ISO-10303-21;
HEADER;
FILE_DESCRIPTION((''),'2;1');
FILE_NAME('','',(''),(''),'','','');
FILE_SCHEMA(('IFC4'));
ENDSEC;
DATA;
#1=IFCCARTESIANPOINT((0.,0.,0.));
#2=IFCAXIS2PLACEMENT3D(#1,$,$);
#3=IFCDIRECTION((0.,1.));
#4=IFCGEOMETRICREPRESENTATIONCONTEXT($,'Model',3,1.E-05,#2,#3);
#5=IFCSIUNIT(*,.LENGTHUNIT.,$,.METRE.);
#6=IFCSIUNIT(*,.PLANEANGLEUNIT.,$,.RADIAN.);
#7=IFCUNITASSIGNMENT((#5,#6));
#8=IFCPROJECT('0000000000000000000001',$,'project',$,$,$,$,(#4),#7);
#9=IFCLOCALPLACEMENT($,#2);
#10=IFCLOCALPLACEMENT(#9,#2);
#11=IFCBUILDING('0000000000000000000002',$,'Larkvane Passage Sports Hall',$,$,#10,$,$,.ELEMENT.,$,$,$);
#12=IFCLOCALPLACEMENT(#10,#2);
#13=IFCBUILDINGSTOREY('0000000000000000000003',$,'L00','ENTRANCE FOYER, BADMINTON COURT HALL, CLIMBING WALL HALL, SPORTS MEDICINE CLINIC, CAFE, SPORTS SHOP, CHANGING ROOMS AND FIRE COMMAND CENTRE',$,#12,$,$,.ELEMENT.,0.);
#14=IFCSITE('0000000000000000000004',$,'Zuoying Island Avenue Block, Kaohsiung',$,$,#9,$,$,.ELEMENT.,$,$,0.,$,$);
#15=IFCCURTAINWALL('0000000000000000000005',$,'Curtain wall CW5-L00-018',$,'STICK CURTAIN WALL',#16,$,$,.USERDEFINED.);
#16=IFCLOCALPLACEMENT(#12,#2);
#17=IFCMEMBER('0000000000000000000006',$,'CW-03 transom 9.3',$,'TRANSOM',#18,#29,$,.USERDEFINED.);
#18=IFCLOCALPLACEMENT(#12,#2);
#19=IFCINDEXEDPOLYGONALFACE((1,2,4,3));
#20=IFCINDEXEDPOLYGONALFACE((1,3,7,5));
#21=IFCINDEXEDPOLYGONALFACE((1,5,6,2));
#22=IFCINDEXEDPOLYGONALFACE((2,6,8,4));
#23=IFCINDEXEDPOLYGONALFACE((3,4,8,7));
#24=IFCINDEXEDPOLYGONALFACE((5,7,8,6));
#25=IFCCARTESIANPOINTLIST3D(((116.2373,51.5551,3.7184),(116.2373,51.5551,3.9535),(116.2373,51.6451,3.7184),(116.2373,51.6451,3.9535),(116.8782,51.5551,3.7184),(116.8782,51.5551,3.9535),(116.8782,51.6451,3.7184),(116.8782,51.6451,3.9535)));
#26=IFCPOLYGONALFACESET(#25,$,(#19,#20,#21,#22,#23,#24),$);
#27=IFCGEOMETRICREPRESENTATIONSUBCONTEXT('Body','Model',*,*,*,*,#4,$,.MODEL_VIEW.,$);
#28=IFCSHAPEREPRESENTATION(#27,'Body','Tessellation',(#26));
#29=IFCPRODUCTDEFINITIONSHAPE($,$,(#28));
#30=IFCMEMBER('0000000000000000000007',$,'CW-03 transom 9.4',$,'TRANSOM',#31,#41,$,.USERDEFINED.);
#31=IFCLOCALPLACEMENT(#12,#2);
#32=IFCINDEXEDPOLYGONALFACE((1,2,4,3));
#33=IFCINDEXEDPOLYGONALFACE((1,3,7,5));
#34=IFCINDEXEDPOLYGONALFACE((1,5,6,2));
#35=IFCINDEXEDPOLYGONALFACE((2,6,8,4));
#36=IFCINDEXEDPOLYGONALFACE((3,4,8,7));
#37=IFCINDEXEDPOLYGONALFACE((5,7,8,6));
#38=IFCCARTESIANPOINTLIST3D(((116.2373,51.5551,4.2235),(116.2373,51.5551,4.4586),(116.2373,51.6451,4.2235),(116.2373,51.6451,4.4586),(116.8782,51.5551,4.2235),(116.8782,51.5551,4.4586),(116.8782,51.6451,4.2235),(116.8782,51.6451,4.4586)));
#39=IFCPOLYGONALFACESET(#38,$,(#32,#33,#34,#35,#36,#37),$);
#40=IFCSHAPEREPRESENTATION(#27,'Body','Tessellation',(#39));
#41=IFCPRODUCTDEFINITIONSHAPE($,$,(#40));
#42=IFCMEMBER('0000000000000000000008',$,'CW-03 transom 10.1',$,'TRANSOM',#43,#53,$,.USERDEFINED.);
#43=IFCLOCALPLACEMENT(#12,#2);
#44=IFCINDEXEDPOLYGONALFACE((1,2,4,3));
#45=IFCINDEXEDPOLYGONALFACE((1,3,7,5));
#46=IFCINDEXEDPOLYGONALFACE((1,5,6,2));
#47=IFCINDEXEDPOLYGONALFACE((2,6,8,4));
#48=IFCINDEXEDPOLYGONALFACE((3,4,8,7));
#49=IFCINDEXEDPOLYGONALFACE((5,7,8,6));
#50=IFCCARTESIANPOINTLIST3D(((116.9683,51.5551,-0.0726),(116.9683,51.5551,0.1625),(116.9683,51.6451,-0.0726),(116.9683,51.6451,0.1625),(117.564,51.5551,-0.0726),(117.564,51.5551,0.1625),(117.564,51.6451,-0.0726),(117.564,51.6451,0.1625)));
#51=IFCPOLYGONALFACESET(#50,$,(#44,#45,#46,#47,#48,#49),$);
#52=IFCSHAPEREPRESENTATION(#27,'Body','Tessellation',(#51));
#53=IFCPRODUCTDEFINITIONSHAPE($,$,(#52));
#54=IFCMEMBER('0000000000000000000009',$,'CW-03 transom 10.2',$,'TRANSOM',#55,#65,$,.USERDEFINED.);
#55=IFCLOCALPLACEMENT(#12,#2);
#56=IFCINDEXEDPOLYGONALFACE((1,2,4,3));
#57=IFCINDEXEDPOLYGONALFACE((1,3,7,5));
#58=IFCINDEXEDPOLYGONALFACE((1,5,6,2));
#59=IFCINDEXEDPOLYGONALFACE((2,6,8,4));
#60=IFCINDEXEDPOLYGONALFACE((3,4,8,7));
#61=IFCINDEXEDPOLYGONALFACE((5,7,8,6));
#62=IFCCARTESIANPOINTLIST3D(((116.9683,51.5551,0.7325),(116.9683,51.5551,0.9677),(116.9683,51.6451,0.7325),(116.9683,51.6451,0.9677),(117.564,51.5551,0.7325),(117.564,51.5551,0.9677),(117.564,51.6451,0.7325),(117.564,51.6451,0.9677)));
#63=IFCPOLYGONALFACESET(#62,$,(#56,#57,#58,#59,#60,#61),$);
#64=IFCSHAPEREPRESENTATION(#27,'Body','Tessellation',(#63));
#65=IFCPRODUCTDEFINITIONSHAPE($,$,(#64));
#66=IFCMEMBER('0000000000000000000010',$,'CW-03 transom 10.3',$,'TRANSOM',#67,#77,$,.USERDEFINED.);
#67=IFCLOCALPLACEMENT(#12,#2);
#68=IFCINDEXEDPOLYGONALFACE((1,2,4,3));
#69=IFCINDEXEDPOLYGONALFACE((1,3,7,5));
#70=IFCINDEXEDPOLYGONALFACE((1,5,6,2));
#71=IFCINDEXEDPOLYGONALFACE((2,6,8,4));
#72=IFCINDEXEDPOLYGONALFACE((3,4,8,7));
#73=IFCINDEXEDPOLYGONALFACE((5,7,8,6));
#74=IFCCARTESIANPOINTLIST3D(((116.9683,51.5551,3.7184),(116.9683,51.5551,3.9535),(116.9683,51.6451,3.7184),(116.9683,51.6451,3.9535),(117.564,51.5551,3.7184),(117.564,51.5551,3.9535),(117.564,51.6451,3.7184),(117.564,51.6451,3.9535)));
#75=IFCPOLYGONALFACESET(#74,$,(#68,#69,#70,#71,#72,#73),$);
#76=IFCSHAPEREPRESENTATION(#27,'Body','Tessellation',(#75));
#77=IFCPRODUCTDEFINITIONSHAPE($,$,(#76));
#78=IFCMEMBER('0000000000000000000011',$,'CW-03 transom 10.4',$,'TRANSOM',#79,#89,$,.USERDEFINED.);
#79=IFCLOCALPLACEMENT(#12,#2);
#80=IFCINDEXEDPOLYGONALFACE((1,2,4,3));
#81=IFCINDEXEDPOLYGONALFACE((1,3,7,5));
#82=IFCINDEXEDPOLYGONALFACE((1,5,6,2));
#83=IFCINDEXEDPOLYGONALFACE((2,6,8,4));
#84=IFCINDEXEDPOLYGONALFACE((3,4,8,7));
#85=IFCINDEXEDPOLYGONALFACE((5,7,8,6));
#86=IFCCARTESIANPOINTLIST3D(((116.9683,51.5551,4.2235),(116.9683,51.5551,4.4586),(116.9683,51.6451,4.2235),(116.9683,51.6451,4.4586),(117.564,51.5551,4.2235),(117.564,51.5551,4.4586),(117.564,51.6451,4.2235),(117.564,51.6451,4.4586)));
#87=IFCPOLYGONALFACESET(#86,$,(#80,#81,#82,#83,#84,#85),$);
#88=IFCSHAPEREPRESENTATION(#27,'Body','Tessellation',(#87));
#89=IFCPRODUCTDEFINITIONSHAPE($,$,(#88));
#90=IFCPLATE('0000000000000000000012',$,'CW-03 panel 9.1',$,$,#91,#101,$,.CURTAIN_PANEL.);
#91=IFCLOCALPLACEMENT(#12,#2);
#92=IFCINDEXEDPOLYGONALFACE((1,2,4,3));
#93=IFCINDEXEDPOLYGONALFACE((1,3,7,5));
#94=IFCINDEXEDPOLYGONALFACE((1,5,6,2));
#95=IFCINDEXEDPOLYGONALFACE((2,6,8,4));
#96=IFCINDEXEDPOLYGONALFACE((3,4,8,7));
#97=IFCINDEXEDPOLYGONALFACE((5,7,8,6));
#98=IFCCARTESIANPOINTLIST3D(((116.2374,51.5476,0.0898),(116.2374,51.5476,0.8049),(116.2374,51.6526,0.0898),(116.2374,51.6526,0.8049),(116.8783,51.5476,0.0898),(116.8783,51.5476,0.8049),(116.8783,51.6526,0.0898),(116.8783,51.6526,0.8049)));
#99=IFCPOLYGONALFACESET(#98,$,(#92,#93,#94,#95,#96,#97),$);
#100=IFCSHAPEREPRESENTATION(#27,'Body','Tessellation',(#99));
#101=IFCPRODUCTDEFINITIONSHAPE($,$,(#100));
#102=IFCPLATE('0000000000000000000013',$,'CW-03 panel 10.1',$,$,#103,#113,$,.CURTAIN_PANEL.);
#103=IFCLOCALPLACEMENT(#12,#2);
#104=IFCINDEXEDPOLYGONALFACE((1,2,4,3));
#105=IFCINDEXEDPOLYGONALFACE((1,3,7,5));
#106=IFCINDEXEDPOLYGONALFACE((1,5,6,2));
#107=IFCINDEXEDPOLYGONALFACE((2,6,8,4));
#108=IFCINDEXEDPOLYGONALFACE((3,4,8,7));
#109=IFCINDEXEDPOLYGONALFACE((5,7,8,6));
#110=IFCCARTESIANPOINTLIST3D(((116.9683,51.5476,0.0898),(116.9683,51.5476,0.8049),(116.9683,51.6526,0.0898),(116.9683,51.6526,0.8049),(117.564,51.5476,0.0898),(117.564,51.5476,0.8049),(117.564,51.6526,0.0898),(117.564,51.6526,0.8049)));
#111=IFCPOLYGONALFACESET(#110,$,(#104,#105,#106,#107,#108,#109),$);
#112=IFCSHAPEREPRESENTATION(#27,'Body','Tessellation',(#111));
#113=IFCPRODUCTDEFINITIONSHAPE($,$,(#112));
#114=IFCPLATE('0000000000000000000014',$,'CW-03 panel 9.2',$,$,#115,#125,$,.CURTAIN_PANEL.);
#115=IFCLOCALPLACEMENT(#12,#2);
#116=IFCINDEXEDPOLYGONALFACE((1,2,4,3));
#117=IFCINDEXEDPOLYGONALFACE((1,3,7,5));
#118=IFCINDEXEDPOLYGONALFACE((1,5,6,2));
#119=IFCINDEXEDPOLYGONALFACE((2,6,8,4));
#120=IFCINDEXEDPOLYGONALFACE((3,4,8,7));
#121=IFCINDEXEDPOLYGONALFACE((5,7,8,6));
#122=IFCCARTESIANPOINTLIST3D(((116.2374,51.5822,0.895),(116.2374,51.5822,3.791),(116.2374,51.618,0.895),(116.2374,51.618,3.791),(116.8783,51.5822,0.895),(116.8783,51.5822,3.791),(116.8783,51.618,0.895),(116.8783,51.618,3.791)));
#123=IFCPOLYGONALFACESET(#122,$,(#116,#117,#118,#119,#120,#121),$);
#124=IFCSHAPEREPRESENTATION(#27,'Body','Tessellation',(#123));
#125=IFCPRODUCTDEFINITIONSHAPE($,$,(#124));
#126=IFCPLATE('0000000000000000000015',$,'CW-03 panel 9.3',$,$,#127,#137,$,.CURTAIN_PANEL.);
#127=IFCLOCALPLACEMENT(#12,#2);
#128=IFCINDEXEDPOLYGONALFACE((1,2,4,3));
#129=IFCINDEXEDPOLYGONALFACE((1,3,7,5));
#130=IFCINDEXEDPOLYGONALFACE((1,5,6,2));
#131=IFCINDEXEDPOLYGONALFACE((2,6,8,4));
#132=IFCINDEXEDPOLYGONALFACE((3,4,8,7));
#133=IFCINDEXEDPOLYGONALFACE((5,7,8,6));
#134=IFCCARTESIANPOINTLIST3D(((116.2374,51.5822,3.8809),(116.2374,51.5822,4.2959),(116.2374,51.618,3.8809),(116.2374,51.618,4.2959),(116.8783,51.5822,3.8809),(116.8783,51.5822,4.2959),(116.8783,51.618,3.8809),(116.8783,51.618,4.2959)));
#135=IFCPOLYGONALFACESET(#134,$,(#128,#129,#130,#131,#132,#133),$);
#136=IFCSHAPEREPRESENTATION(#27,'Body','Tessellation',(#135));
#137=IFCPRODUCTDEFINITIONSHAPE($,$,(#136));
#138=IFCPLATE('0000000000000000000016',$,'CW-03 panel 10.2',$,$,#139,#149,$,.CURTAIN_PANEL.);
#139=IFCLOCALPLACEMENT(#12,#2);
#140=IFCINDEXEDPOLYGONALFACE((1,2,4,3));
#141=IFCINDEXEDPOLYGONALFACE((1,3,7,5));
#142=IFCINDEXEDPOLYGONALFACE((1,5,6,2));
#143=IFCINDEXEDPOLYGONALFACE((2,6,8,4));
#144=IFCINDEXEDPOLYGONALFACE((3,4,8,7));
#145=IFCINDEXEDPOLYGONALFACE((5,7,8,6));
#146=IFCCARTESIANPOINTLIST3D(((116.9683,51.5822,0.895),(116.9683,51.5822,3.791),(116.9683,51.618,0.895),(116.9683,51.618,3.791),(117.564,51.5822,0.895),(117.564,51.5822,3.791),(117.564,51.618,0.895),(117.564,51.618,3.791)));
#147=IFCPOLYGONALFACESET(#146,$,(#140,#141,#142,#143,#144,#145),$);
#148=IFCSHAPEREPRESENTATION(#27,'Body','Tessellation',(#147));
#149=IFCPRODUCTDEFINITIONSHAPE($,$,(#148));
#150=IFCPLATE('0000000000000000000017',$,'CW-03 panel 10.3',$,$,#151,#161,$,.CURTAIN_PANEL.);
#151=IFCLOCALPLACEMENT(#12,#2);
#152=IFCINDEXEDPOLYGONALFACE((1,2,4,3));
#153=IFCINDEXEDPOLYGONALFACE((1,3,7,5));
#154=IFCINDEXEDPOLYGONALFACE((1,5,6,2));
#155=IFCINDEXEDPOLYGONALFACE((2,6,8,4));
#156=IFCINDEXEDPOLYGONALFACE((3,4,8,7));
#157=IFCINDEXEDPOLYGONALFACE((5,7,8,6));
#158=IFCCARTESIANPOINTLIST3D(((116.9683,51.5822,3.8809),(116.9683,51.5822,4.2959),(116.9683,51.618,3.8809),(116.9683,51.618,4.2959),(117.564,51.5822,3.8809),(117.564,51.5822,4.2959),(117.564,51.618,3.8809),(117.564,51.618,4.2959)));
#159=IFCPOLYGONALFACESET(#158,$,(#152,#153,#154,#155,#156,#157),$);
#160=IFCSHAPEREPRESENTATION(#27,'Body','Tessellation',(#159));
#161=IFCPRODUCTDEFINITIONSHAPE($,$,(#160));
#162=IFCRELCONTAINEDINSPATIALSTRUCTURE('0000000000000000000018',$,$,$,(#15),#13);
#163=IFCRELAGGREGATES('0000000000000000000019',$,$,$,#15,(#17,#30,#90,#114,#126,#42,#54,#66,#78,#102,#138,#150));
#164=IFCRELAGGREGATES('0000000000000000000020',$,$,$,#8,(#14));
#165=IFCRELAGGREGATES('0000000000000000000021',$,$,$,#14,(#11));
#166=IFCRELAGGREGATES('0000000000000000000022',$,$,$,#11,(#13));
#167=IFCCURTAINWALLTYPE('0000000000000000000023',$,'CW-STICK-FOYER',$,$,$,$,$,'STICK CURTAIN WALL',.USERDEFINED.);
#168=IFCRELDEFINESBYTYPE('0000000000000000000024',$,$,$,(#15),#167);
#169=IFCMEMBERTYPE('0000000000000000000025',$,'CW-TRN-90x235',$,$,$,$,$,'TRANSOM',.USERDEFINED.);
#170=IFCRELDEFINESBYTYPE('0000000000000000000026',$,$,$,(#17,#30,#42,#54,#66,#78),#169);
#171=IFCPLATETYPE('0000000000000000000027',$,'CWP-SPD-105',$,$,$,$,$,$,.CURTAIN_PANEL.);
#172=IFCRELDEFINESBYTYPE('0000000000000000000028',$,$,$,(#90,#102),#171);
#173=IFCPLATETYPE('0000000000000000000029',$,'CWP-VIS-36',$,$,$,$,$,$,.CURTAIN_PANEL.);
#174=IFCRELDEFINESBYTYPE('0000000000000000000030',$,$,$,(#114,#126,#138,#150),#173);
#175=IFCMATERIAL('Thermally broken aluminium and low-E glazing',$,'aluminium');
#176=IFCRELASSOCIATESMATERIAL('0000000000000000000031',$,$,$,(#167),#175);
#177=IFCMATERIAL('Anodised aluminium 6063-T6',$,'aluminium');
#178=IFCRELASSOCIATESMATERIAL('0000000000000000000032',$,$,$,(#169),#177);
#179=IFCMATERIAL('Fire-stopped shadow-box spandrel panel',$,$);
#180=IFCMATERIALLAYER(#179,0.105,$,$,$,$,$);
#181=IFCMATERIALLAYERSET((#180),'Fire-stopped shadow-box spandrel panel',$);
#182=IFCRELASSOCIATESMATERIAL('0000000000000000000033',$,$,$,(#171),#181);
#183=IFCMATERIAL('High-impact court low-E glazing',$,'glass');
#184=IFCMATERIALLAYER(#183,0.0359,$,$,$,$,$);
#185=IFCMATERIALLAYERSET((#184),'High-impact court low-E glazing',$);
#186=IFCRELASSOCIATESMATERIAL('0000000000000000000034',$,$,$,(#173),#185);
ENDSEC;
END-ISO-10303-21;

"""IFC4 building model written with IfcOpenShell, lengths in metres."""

from ifc_helpers import new_model, si_unit, direction, frame, origin, origin_2d, place, context, subcontext, project, spatial, rectangle, extrude, material, layer, layer_set, material_profile, profile_set, type_object, element, aggregate, save


model = new_model("IFC4")

# Units and contexts
model_context = context("Model", 3, precision=1e-05, world=origin(), true_north=direction((0.0, 1.0)))
body_context = subcontext(model_context, "Body", "Model", "MODEL_VIEW")
ifc_project = project(units=[si_unit("LENGTHUNIT", "METRE"), si_unit("PLANEANGLEUNIT", "RADIAN")], contexts=[model_context])

# Site, building, storey
site_placement = place(None, origin())
site = spatial("IfcSite", under=ifc_project, at=site_placement, Name="Zuoying Island Avenue Block, Kaohsiung", CompositionType="ELEMENT", RefElevation=0.0)
building_placement = place(site_placement, origin())
building = spatial("IfcBuilding", under=site, at=building_placement, Name="Larkvane Passage Sports Hall", CompositionType="ELEMENT")
storey_placement = place(building_placement, origin())
storey = spatial("IfcBuildingStorey", under=building, at=storey_placement, Name="L00", Description="ENTRANCE FOYER, BADMINTON COURT HALL, CLIMBING WALL HALL, SPORTS MEDICINE CLINIC, CAFE, SPORTS SHOP, CHANGING ROOMS AND FIRE COMMAND CENTRE", CompositionType="ELEMENT", Elevation=0.0)

# Shared definitions
ifc_material_1 = material(Name="Thermally broken aluminium and low-E glazing", Category="aluminium")
ifc_material_2 = material(Name="Anodised aluminium 6063-T6", Category="aluminium")

# Curtain wall
curtain_wall_type_1 = type_object("IfcCurtainWallType", Name="CW-STICK-FOYER", ElementType="STICK CURTAIN WALL", PredefinedType="USERDEFINED", material=ifc_material_1)
curtain_wall_1_placement = place(storey_placement, origin())
curtain_wall_1 = element("IfcCurtainWall", 1, at=curtain_wall_1_placement, inside=storey, type_object=curtain_wall_type_1, Name="Curtain wall CW5-L00-018", ObjectType="STICK CURTAIN WALL", PredefinedType="USERDEFINED")

# Members
ifc_material_profile_1 = material_profile(ifc_material_2, rectangle(XDim=0.0901, YDim=0.2351, at=origin_2d()), Name="ALU-TRN-90x235")
ifc_profile_set_1 = profile_set([ifc_material_profile_1], Name="Anodised aluminium 6063-T6")
member_type_1 = type_object("IfcMemberType", Name="CW-TRN-90x235", ElementType="TRANSOM", PredefinedType="USERDEFINED", material=ifc_profile_set_1)
member_1_placement = place(storey_placement, frame((116.2373, 51.6001, 3.8359), z_axis=(1.0, 0.0, 0.0), x_axis=(0.0, 1.0, 0.0)))
member_1 = element("IfcMember", 2, at=member_1_placement, type_object=member_type_1, Name="CW-03 transom 9.3", ObjectType="TRANSOM", PredefinedType="USERDEFINED", context=body_context, shape_type="SweptSolid", body=[
    extrude(rectangle(XDim=0.0901, YDim=0.2351, at=origin_2d()), origin(), (0.0, 0.0, 1.0), 0.6409),
])
member_2_placement = place(storey_placement, frame((116.2373, 51.6001, 4.3411), z_axis=(1.0, 0.0, 0.0), x_axis=(0.0, 1.0, 0.0)))
member_2 = element("IfcMember", 3, at=member_2_placement, type_object=member_type_1, Name="CW-03 transom 9.4", ObjectType="TRANSOM", PredefinedType="USERDEFINED", context=body_context, shape_type="SweptSolid", body=[
    extrude(rectangle(XDim=0.0901, YDim=0.2351, at=origin_2d()), origin(), (0.0, 0.0, 1.0), 0.6409),
])
member_3_placement = place(storey_placement, frame((116.9683, 51.6001, 0.0449), z_axis=(1.0, 0.0, 0.0), x_axis=(0.0, 1.0, 0.0)))
member_3 = element("IfcMember", 4, at=member_3_placement, type_object=member_type_1, Name="CW-03 transom 10.1", ObjectType="TRANSOM", PredefinedType="USERDEFINED", context=body_context, shape_type="SweptSolid", body=[
    extrude(rectangle(XDim=0.0901, YDim=0.2351, at=origin_2d()), origin(), (0.0, 0.0, 1.0), 0.5957),
])
member_4_placement = place(storey_placement, frame((116.9683, 51.6001, 0.8501), z_axis=(1.0, 0.0, 0.0), x_axis=(0.0, 1.0, 0.0)))
member_4 = element("IfcMember", 5, at=member_4_placement, type_object=member_type_1, Name="CW-03 transom 10.2", ObjectType="TRANSOM", PredefinedType="USERDEFINED", context=body_context, shape_type="SweptSolid", body=[
    extrude(rectangle(XDim=0.0901, YDim=0.2351, at=origin_2d()), origin(), (0.0, 0.0, 1.0), 0.5957),
])
member_5_placement = place(storey_placement, frame((116.9683, 51.6001, 3.8359), z_axis=(1.0, 0.0, 0.0), x_axis=(0.0, 1.0, 0.0)))
member_5 = element("IfcMember", 6, at=member_5_placement, type_object=member_type_1, Name="CW-03 transom 10.3", ObjectType="TRANSOM", PredefinedType="USERDEFINED", context=body_context, shape_type="SweptSolid", body=[
    extrude(rectangle(XDim=0.0901, YDim=0.2351, at=origin_2d()), origin(), (0.0, 0.0, 1.0), 0.5957),
])
member_6_placement = place(storey_placement, frame((116.9683, 51.6001, 4.3411), z_axis=(1.0, 0.0, 0.0), x_axis=(0.0, 1.0, 0.0)))
member_6 = element("IfcMember", 7, at=member_6_placement, type_object=member_type_1, Name="CW-03 transom 10.4", ObjectType="TRANSOM", PredefinedType="USERDEFINED", context=body_context, shape_type="SweptSolid", body=[
    extrude(rectangle(XDim=0.0901, YDim=0.2351, at=origin_2d()), origin(), (0.0, 0.0, 1.0), 0.5957),
])

# Plates
ifc_material_3 = material(Name="Fire-stopped shadow-box spandrel panel")
ifc_layer_1 = layer(ifc_material_3, 0.105)
ifc_layer_set_1 = layer_set([ifc_layer_1], Name="Fire-stopped shadow-box spandrel panel")
plate_type_1 = type_object("IfcPlateType", Name="CWP-SPD-105", PredefinedType="CURTAIN_PANEL", material=ifc_layer_set_1)
plate_1_placement = place(storey_placement, frame((116.5579, 51.6001, 0.0898), z_axis=(0.0, 0.0, 1.0), x_axis=(1.0, 0.0, 0.0)))
plate_1 = element("IfcPlate", 8, at=plate_1_placement, type_object=plate_type_1, Name="CW-03 panel 9.1", PredefinedType="CURTAIN_PANEL", context=body_context, shape_type="SweptSolid", body=[
    extrude(rectangle(XDim=0.6409, YDim=0.105, at=origin_2d()), origin(), (0.0, 0.0, 1.0), 0.7151),
])
plate_2_placement = place(storey_placement, frame((117.2661, 51.6001, 0.0898), z_axis=(0.0, 0.0, 1.0), x_axis=(1.0, 0.0, 0.0)))
plate_2 = element("IfcPlate", 9, at=plate_2_placement, type_object=plate_type_1, Name="CW-03 panel 10.1", PredefinedType="CURTAIN_PANEL", context=body_context, shape_type="SweptSolid", body=[
    extrude(rectangle(XDim=0.5957, YDim=0.105, at=origin_2d()), origin(), (0.0, 0.0, 1.0), 0.7151),
])
ifc_material_4 = material(Name="High-impact court low-E glazing", Category="glass")
ifc_layer_2 = layer(ifc_material_4, 0.0359)
ifc_layer_set_2 = layer_set([ifc_layer_2], Name="High-impact court low-E glazing")
plate_type_2 = type_object("IfcPlateType", Name="CWP-VIS-36", PredefinedType="CURTAIN_PANEL", material=ifc_layer_set_2)
plate_3_placement = place(storey_placement, frame((116.5579, 51.6001, 0.895), z_axis=(0.0, 0.0, 1.0), x_axis=(1.0, 0.0, 0.0)))
plate_3 = element("IfcPlate", 10, at=plate_3_placement, type_object=plate_type_2, Name="CW-03 panel 9.2", PredefinedType="CURTAIN_PANEL", context=body_context, shape_type="SweptSolid", body=[
    extrude(rectangle(XDim=0.6409, YDim=0.0359, at=origin_2d()), origin(), (0.0, 0.0, 1.0), 2.896),
])
plate_4_placement = place(storey_placement, frame((116.5579, 51.6001, 3.8809), z_axis=(0.0, 0.0, 1.0), x_axis=(1.0, 0.0, 0.0)))
plate_4 = element("IfcPlate", 11, at=plate_4_placement, type_object=plate_type_2, Name="CW-03 panel 9.3", PredefinedType="CURTAIN_PANEL", context=body_context, shape_type="SweptSolid", body=[
    extrude(rectangle(XDim=0.6409, YDim=0.0359, at=origin_2d()), origin(), (0.0, 0.0, 1.0), 0.415),
])
plate_5_placement = place(storey_placement, frame((117.2661, 51.6001, 0.895), z_axis=(0.0, 0.0, 1.0), x_axis=(1.0, 0.0, 0.0)))
plate_5 = element("IfcPlate", 12, at=plate_5_placement, type_object=plate_type_2, Name="CW-03 panel 10.2", PredefinedType="CURTAIN_PANEL", context=body_context, shape_type="SweptSolid", body=[
    extrude(rectangle(XDim=0.5957, YDim=0.0359, at=origin_2d()), origin(), (0.0, 0.0, 1.0), 2.896),
])
plate_6_placement = place(storey_placement, frame((117.2661, 51.6001, 3.8809), z_axis=(0.0, 0.0, 1.0), x_axis=(1.0, 0.0, 0.0)))
plate_6 = element("IfcPlate", 13, at=plate_6_placement, type_object=plate_type_2, Name="CW-03 panel 10.3", PredefinedType="CURTAIN_PANEL", context=body_context, shape_type="SweptSolid", body=[
    extrude(rectangle(XDim=0.5957, YDim=0.0359, at=origin_2d()), origin(), (0.0, 0.0, 1.0), 0.415),
])
aggregate(curtain_wall_1, [member_1, member_2, plate_1, plate_3, plate_4, member_3, member_4, member_5, member_6, plate_2, plate_5, plate_6])

save(model, "model.ifc")
